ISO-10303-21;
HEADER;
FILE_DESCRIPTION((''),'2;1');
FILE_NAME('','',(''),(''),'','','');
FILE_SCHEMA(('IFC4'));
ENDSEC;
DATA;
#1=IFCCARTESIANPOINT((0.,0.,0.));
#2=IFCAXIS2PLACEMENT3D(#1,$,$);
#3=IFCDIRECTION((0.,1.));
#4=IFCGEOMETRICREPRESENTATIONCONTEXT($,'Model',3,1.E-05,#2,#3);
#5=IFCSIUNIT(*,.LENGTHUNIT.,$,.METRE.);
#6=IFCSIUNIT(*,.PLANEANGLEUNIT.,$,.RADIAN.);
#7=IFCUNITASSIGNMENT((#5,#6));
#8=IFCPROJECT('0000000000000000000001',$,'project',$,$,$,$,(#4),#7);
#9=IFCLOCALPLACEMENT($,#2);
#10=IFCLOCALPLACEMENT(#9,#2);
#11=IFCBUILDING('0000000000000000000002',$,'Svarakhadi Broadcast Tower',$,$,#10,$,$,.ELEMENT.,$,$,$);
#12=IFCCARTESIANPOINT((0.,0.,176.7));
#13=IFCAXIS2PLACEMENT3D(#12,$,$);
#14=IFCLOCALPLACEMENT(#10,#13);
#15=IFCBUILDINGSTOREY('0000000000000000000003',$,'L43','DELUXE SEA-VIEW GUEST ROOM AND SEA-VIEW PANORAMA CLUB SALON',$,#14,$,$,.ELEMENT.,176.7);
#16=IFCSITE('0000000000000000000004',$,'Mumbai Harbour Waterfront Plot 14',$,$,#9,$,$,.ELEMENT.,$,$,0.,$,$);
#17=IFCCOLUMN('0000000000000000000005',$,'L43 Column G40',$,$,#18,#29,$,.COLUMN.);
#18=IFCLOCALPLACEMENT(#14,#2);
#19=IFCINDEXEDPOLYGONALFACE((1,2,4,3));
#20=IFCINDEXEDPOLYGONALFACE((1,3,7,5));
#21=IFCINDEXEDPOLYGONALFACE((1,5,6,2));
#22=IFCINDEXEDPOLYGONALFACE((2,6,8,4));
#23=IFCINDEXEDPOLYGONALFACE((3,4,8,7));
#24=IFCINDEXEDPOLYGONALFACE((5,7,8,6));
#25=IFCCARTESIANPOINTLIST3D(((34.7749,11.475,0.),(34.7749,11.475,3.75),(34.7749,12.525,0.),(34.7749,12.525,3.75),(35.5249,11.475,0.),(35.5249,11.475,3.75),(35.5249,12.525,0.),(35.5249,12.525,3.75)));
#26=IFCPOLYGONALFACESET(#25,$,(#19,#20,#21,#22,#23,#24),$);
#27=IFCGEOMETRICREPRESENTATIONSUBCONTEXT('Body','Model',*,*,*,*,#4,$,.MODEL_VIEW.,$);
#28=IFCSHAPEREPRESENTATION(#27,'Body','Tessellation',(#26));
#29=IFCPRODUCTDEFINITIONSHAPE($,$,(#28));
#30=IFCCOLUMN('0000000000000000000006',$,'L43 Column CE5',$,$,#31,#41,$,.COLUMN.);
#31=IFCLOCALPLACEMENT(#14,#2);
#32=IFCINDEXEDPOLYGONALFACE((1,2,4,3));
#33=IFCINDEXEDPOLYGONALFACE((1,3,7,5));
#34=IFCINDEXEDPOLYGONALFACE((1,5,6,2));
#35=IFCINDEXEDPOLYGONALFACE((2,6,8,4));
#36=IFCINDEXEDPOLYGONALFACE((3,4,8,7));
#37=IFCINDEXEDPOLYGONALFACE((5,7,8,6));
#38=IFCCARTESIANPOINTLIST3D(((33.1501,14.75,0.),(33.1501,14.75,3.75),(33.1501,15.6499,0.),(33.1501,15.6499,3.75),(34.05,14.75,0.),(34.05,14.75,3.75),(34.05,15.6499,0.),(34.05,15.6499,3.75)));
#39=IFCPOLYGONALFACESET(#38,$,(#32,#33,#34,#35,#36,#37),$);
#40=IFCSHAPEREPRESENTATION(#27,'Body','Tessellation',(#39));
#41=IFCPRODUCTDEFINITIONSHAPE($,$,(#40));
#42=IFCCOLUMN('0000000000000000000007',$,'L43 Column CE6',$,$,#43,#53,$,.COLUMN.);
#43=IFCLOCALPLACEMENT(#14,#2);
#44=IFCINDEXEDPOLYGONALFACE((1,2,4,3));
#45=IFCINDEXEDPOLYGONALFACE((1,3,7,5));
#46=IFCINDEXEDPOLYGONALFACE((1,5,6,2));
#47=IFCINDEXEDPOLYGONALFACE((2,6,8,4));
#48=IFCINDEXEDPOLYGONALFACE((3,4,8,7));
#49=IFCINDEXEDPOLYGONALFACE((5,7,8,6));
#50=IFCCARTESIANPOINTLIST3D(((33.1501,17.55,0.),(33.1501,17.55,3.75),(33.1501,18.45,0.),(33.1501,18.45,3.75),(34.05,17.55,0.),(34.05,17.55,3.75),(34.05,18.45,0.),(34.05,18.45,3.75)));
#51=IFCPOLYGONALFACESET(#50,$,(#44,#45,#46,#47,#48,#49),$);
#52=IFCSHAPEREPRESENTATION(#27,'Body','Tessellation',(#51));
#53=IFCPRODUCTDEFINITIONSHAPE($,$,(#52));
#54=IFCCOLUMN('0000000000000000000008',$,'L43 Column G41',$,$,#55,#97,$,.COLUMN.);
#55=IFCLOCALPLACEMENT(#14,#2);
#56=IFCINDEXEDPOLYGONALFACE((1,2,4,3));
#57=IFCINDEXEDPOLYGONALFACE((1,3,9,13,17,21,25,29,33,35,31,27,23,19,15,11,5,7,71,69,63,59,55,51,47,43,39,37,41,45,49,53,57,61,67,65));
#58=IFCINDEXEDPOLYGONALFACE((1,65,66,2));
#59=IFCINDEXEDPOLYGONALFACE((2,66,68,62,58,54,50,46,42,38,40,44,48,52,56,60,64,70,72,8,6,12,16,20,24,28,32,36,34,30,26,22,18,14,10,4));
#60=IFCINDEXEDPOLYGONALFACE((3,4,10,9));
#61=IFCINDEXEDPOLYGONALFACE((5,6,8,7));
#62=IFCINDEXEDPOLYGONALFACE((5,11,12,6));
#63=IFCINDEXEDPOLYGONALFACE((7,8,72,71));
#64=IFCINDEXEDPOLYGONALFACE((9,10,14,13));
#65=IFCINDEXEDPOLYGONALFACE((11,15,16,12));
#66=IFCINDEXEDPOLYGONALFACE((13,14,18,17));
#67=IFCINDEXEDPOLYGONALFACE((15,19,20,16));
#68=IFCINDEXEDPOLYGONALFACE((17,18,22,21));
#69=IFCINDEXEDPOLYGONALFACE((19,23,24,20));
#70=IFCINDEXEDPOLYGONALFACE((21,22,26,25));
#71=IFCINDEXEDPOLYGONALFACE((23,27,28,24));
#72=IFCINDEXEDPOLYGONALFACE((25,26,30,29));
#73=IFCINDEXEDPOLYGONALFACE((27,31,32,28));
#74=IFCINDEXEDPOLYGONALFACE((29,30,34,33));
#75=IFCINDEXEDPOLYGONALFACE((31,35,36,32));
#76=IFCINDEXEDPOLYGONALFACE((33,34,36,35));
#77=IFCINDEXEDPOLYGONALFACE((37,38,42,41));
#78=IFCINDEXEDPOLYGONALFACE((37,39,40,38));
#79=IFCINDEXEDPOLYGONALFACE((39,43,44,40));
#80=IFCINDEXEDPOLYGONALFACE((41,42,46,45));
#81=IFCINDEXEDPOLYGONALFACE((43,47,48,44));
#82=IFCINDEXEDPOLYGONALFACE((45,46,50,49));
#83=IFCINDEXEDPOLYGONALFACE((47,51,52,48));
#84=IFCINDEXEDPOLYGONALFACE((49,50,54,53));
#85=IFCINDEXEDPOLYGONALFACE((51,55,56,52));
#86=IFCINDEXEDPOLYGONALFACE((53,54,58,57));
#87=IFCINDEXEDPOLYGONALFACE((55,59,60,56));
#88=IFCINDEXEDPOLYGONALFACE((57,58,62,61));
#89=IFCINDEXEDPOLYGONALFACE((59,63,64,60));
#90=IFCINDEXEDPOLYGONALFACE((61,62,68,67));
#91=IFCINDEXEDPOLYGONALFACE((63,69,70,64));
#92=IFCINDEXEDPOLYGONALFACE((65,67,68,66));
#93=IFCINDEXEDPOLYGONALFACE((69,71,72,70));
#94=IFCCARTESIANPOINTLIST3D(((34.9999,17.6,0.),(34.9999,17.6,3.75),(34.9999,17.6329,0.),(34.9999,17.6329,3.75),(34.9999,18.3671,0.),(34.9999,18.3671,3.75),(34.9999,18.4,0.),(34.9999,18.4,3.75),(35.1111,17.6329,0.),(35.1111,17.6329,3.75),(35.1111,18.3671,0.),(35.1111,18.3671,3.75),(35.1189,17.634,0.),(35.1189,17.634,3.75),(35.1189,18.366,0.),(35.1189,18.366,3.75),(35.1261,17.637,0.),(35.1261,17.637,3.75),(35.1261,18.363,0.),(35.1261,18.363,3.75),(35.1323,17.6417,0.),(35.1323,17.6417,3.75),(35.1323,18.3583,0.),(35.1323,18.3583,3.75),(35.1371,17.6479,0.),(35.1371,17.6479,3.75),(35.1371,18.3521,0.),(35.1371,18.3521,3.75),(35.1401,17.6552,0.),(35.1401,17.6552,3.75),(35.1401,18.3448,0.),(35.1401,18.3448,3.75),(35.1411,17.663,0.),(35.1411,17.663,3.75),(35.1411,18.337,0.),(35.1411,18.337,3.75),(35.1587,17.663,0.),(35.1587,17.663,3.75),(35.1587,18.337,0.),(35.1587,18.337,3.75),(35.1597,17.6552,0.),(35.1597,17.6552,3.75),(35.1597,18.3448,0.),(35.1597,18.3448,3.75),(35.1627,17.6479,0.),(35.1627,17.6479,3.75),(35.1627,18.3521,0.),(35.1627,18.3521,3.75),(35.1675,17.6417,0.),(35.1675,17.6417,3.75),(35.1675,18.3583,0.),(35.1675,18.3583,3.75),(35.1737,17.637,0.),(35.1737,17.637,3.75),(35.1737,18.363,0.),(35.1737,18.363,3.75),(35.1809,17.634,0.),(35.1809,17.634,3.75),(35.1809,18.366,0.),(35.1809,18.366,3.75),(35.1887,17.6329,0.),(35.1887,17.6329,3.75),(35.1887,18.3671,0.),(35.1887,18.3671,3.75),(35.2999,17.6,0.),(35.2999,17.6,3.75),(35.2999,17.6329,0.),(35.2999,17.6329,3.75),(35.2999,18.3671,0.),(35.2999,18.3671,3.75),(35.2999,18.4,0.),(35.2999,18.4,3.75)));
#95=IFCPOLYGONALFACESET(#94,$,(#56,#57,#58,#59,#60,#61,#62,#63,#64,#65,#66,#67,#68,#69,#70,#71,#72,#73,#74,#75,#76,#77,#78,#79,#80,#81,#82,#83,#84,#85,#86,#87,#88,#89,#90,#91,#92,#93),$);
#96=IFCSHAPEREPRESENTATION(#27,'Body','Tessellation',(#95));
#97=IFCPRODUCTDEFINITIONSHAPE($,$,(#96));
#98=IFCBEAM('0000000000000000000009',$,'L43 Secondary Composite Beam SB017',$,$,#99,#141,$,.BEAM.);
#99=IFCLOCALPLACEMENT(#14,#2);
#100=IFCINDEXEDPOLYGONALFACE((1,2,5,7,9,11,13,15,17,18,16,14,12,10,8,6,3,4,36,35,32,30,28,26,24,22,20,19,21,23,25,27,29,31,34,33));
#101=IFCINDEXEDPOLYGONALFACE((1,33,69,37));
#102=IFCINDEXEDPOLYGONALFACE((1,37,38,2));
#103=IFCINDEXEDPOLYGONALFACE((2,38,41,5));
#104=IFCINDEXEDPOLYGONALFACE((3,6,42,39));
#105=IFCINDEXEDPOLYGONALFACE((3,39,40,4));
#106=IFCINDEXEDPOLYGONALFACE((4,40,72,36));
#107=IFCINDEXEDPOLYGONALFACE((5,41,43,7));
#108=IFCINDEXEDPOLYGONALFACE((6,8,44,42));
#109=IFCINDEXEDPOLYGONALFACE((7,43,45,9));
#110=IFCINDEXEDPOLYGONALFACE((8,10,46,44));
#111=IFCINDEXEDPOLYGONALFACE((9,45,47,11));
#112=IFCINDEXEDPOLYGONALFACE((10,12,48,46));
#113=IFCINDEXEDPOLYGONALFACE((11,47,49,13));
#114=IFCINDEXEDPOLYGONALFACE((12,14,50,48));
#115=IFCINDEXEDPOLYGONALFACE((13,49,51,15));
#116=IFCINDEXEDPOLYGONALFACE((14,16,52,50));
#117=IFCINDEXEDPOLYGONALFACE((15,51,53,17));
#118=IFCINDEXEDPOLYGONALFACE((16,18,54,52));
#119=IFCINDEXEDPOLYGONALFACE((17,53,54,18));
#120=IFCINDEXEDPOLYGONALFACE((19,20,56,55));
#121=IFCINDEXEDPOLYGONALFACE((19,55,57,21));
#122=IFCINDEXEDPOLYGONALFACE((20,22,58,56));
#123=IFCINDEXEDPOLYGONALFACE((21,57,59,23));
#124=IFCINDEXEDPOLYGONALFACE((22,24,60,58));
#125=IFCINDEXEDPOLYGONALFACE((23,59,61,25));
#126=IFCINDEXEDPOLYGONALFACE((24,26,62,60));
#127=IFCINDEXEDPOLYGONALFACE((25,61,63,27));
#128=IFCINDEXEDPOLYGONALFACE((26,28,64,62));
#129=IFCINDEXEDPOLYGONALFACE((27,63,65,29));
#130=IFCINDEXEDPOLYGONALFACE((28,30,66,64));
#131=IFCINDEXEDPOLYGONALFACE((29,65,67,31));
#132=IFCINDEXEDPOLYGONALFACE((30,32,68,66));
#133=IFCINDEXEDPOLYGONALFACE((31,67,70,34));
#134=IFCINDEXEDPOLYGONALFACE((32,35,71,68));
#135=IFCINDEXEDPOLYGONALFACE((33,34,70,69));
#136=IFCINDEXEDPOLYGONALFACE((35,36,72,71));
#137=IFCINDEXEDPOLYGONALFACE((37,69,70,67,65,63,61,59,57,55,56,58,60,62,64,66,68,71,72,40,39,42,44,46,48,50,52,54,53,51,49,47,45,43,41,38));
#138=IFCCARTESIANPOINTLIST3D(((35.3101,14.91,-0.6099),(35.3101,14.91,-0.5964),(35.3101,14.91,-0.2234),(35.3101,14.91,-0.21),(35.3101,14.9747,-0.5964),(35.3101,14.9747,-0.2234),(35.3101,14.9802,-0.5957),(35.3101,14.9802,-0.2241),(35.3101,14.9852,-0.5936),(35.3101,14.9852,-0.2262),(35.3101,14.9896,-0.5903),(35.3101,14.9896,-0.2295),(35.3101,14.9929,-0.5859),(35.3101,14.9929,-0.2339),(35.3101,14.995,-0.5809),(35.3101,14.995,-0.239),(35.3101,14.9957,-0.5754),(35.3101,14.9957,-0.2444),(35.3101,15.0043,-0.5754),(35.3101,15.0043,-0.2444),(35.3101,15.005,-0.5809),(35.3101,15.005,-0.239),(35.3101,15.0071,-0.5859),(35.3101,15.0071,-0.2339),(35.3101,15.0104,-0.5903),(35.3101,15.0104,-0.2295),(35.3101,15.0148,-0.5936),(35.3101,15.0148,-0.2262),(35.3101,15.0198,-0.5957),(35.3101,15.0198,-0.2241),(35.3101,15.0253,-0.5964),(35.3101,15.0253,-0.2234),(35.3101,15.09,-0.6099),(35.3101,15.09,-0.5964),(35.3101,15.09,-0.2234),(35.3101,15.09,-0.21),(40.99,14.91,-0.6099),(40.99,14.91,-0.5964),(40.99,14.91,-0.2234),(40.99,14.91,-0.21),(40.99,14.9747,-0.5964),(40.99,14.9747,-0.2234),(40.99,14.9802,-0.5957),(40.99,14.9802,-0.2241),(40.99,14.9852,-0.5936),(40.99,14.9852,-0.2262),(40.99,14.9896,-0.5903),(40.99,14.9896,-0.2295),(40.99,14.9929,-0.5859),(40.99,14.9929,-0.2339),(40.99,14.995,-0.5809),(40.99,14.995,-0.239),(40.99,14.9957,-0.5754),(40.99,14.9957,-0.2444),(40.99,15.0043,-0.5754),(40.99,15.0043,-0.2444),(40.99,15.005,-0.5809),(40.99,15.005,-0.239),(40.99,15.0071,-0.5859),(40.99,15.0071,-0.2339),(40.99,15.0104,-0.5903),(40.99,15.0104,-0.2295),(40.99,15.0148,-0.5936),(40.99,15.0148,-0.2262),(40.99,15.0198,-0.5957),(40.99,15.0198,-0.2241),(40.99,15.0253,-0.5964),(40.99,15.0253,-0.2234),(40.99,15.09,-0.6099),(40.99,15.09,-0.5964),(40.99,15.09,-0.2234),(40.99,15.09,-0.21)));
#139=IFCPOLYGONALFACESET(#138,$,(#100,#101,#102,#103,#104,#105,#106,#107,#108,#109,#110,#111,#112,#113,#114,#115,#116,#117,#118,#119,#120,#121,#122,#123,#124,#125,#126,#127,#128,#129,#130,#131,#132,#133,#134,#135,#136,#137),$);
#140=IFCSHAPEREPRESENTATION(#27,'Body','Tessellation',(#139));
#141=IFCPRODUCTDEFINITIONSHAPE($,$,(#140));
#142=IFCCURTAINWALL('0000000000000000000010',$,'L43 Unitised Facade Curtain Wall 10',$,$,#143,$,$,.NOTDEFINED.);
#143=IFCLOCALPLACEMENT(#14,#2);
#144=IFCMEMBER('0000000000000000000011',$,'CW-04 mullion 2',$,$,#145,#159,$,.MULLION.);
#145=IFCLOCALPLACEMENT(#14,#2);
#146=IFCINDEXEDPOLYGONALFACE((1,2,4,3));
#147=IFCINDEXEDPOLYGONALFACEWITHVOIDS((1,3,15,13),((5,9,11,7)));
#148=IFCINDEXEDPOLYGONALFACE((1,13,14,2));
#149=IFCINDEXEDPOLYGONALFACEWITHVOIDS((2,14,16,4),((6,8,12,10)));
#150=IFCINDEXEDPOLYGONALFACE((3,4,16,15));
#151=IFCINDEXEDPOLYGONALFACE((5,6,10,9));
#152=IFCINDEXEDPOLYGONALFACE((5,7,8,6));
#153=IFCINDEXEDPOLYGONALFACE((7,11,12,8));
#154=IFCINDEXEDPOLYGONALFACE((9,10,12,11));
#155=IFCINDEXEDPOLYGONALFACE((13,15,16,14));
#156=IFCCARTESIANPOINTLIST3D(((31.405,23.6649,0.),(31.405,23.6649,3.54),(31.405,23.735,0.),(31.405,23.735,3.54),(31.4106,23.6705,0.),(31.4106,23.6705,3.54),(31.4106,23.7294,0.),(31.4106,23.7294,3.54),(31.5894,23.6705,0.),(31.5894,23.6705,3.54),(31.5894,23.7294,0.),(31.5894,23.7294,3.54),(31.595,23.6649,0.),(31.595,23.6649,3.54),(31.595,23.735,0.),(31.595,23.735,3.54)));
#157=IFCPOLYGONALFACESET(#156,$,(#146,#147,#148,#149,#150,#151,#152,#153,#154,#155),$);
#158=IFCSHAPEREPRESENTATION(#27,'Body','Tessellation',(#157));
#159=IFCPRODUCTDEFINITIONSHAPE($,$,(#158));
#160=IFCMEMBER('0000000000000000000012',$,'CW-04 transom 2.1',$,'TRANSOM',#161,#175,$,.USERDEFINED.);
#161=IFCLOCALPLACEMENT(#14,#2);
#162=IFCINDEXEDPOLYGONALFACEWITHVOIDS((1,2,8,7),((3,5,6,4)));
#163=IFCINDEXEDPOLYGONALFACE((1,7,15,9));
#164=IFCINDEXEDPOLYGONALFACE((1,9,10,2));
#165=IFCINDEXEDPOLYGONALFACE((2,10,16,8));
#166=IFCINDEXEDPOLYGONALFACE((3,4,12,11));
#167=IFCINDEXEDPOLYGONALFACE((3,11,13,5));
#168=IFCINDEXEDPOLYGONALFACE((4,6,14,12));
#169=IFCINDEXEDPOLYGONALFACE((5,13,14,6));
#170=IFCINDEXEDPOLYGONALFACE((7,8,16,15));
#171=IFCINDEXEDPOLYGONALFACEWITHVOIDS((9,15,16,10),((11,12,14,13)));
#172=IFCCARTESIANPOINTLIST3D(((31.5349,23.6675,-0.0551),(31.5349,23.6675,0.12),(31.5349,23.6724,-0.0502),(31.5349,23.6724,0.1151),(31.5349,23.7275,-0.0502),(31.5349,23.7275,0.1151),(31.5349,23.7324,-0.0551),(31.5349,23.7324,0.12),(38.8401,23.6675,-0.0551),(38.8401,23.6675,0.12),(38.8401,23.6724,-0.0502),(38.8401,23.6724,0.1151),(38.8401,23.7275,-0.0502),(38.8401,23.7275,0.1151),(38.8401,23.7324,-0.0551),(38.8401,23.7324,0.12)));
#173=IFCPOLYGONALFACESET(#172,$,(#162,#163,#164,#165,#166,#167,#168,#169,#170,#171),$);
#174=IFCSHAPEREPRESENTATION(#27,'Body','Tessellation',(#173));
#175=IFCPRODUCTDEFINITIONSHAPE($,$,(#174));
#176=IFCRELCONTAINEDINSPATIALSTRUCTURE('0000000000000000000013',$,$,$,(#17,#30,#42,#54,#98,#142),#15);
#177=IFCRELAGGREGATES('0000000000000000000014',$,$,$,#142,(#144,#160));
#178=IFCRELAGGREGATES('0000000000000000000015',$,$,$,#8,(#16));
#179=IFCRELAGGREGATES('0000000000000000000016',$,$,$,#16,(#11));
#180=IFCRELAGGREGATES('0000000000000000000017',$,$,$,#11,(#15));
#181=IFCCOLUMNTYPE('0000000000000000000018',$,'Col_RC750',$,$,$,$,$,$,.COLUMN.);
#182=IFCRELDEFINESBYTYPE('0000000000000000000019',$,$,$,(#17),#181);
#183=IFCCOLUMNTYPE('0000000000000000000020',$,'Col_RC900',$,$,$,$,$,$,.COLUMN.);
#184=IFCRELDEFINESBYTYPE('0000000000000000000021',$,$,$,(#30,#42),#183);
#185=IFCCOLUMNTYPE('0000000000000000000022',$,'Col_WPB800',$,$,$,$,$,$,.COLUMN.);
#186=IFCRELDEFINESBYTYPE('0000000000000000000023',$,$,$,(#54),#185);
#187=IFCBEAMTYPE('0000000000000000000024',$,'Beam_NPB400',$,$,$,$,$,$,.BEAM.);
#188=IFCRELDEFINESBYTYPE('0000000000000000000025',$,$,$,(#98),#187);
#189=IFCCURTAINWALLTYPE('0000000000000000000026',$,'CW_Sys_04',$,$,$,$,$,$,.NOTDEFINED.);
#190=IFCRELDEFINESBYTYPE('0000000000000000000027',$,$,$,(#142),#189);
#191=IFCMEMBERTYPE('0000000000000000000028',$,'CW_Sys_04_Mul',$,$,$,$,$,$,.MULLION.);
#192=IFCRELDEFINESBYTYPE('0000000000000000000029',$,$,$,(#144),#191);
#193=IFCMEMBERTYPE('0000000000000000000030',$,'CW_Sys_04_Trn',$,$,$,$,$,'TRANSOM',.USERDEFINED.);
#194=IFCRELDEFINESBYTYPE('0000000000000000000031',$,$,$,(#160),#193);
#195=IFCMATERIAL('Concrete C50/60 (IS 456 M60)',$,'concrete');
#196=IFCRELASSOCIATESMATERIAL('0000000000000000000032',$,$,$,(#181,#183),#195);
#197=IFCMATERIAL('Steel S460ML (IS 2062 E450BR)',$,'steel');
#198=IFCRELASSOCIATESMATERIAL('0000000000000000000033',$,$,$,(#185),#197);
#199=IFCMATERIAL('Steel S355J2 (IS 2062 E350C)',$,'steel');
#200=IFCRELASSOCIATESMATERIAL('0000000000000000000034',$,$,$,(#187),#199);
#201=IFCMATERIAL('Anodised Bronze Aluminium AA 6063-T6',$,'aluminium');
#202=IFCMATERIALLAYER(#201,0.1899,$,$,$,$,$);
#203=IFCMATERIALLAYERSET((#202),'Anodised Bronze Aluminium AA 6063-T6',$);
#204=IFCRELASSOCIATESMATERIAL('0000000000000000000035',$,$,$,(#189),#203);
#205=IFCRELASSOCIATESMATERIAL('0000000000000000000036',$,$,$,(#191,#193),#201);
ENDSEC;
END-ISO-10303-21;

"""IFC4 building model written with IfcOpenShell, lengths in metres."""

from ifc_helpers import new_model, si_unit, direction, frame, origin, origin_2d, place, context, subcontext, project, spatial, rectangle, hollow_rectangle, i_section, extrude, material, layer, layer_set, material_profile, profile_set, type_object, element, aggregate, save


model = new_model("IFC4")

# Units and contexts
model_context = context("Model", 3, precision=1e-05, world=origin(), true_north=direction((0.0, 1.0)))
body_context = subcontext(model_context, "Body", "Model", "MODEL_VIEW")
ifc_project = project(units=[si_unit("LENGTHUNIT", "METRE"), si_unit("PLANEANGLEUNIT", "RADIAN")], contexts=[model_context])

# Site, building, storey
site_placement = place(None, origin())
site = spatial("IfcSite", under=ifc_project, at=site_placement, Name="Mumbai Harbour Waterfront Plot 14", CompositionType="ELEMENT", RefElevation=0.0)
building_placement = place(site_placement, origin())
building = spatial("IfcBuilding", under=site, at=building_placement, Name="Svarakhadi Broadcast Tower", CompositionType="ELEMENT")
storey_placement = place(building_placement, frame((0.0, 0.0, 176.7)))
storey = spatial("IfcBuildingStorey", under=building, at=storey_placement, Name="L43", Description="DELUXE SEA-VIEW GUEST ROOM AND SEA-VIEW PANORAMA CLUB SALON", CompositionType="ELEMENT", Elevation=176.7)

# Columns
ifc_material_1 = material(Name="Concrete C50/60 (IS 456 M60)", Category="concrete")
ifc_material_profile_1 = material_profile(ifc_material_1, rectangle(XDim=0.75, YDim=1.05, at=origin_2d()), Name="RC 750x1050")
ifc_profile_set_1 = profile_set([ifc_material_profile_1], Name="Concrete C50/60 (IS 456 M60)")
column_type_1 = type_object("IfcColumnType", Name="Col_RC750", PredefinedType="COLUMN", material=ifc_profile_set_1)
column_1_placement = place(storey_placement, frame((35.1499, 12.0, 0.0), z_axis=(0.0, 0.0, 1.0), x_axis=(1.0, 0.0, 0.0)))
element("IfcColumn", 1, at=column_1_placement, inside=storey, type_object=column_type_1, Name="L43 Column G40", PredefinedType="COLUMN", context=body_context, shape_type="SweptSolid", body=[
    extrude(rectangle(XDim=0.75, YDim=1.05, at=origin_2d()), origin(), (0.0, 0.0, 1.0), 3.75),
])
ifc_material_profile_2 = material_profile(ifc_material_1, rectangle(XDim=0.8999, YDim=0.8999, at=origin_2d()), Name="RC 900x900")
ifc_profile_set_2 = profile_set([ifc_material_profile_2], Name="Concrete C50/60 (IS 456 M60)")
column_type_2 = type_object("IfcColumnType", Name="Col_RC900", PredefinedType="COLUMN", material=ifc_profile_set_2)
for number, where, z_axis, x_axis, name in (
    (2, (33.6001, 15.2, 0.0), (0.0, 0.0, 1.0), (1.0, 0.0, 0.0), "L43 Column CE5"),
    (3, (33.6001, 18.0, 0.0), (0.0, 0.0, 1.0), (1.0, 0.0, 0.0), "L43 Column CE6"),
):
    element("IfcColumn", number, at=place(storey_placement, frame(where, z_axis=z_axis, x_axis=x_axis)), inside=storey, type_object=column_type_2, Name=name, PredefinedType="COLUMN", context=body_context, shape_type="SweptSolid", body=[
        extrude(rectangle(XDim=0.8999, YDim=0.8999, at=origin_2d()), origin(), (0.0, 0.0, 1.0), 3.75),
    ])
ifc_material_2 = material(Name="Steel S460ML (IS 2062 E450BR)", Category="steel")
ifc_material_profile_3 = material_profile(ifc_material_2, i_section(OverallWidth=0.3, OverallDepth=0.8, WebThickness=0.0176, FlangeThickness=0.033, FilletRadius=0.03, at=origin_2d()), Name="WPB 800x300x262")
ifc_profile_set_3 = profile_set([ifc_material_profile_3], Name="Steel S460ML (IS 2062 E450BR)")
column_type_3 = type_object("IfcColumnType", Name="Col_WPB800", PredefinedType="COLUMN", material=ifc_profile_set_3)
column_2_placement = place(storey_placement, frame((35.1499, 18.0, 0.0), z_axis=(0.0, 0.0, 1.0), x_axis=(1.0, 0.0, 0.0)))
element("IfcColumn", 4, at=column_2_placement, inside=storey, type_object=column_type_3, Name="L43 Column G41", PredefinedType="COLUMN", context=body_context, shape_type="SweptSolid", body=[
    extrude(i_section(OverallWidth=0.3, OverallDepth=0.8, WebThickness=0.0176, FlangeThickness=0.033, FilletRadius=0.03, at=origin_2d()), origin(), (0.0, 0.0, 1.0), 3.75),
])

# Beam
ifc_material_3 = material(Name="Steel S355J2 (IS 2062 E350C)", Category="steel")
ifc_material_profile_4 = material_profile(ifc_material_3, i_section(OverallWidth=0.1799, OverallDepth=0.3999, WebThickness=0.0085, FlangeThickness=0.0134, FilletRadius=0.021, at=origin_2d()), Name="NPB 400x180x66")
ifc_profile_set_4 = profile_set([ifc_material_profile_4], Name="Steel S355J2 (IS 2062 E350C)")
beam_type_1 = type_object("IfcBeamType", Name="Beam_NPB400", PredefinedType="BEAM", material=ifc_profile_set_4)
beam_1_placement = place(storey_placement, frame((35.3101, 15.0, -0.4099), z_axis=(1.0, 0.0, 0.0), x_axis=(0.0, 1.0, 0.0)))
element("IfcBeam", 5, at=beam_1_placement, inside=storey, type_object=beam_type_1, Name="L43 Secondary Composite Beam SB017", PredefinedType="BEAM", context=body_context, shape_type="SweptSolid", body=[
    extrude(i_section(OverallWidth=0.1799, OverallDepth=0.3999, WebThickness=0.0085, FlangeThickness=0.0134, FilletRadius=0.021, at=origin_2d()), origin(), (0.0, 0.0, 1.0), 5.6799),
])

# Curtain wall, members
ifc_material_4 = material(Name="Anodised Bronze Aluminium AA 6063-T6", Category="aluminium")
ifc_layer_1 = layer(ifc_material_4, 0.1899)
ifc_layer_set_1 = layer_set([ifc_layer_1], Name="Anodised Bronze Aluminium AA 6063-T6")
curtain_wall_type = type_object("IfcCurtainWallType", Name="CW_Sys_04", PredefinedType="NOTDEFINED", material=ifc_layer_set_1)
curtain_wall_placement = place(storey_placement, origin())
curtain_wall = element("IfcCurtainWall", 6, at=curtain_wall_placement, inside=storey, type_object=curtain_wall_type, Name="L43 Unitised Facade Curtain Wall 10", PredefinedType="NOTDEFINED")
ifc_material_profile_5 = material_profile(ifc_material_4, hollow_rectangle(XDim=0.0701, YDim=0.1899, WallThickness=0.0056, at=origin_2d()), Name="ALU MULLION 190x70x6")
ifc_profile_set_5 = profile_set([ifc_material_profile_5], Name="Anodised Bronze Aluminium AA 6063-T6")
member_type_1 = type_object("IfcMemberType", Name="CW_Sys_04_Mul", PredefinedType="MULLION", material=ifc_profile_set_5)
member_1_placement = place(storey_placement, frame((31.5, 23.7, 0.0), z_axis=(0.0, 0.0, 1.0), x_axis=(0.0, 1.0, 0.0)))
member_1 = element("IfcMember", 7, at=member_1_placement, type_object=member_type_1, Name="CW-04 mullion 2", PredefinedType="MULLION", context=body_context, shape_type="SweptSolid", body=[
    extrude(hollow_rectangle(XDim=0.0701, YDim=0.1899, WallThickness=0.0056, at=origin_2d()), origin(), (0.0, 0.0, 1.0), 3.54),
])
ifc_material_profile_6 = material_profile(ifc_material_4, hollow_rectangle(XDim=0.0649, YDim=0.175, WallThickness=0.0049, at=origin_2d()), Name="ALU TRANSOM 175x65x5")
ifc_profile_set_6 = profile_set([ifc_material_profile_6], Name="Anodised Bronze Aluminium AA 6063-T6")
member_type_2 = type_object("IfcMemberType", Name="CW_Sys_04_Trn", ElementType="TRANSOM", PredefinedType="USERDEFINED", material=ifc_profile_set_6)
member_2_placement = place(storey_placement, frame((31.5349, 23.7, 0.0325), z_axis=(1.0, 0.0, 0.0), x_axis=(0.0, 1.0, 0.0)))
member_2 = element("IfcMember", 8, at=member_2_placement, type_object=member_type_2, Name="CW-04 transom 2.1", ObjectType="TRANSOM", PredefinedType="USERDEFINED", context=body_context, shape_type="SweptSolid", body=[
    extrude(hollow_rectangle(XDim=0.0649, YDim=0.175, WallThickness=0.0049, at=origin_2d()), origin(), (0.0, 0.0, 1.0), 7.3052),
])

aggregate(curtain_wall, [member_1, member_2])

save(model, "model.ifc")
